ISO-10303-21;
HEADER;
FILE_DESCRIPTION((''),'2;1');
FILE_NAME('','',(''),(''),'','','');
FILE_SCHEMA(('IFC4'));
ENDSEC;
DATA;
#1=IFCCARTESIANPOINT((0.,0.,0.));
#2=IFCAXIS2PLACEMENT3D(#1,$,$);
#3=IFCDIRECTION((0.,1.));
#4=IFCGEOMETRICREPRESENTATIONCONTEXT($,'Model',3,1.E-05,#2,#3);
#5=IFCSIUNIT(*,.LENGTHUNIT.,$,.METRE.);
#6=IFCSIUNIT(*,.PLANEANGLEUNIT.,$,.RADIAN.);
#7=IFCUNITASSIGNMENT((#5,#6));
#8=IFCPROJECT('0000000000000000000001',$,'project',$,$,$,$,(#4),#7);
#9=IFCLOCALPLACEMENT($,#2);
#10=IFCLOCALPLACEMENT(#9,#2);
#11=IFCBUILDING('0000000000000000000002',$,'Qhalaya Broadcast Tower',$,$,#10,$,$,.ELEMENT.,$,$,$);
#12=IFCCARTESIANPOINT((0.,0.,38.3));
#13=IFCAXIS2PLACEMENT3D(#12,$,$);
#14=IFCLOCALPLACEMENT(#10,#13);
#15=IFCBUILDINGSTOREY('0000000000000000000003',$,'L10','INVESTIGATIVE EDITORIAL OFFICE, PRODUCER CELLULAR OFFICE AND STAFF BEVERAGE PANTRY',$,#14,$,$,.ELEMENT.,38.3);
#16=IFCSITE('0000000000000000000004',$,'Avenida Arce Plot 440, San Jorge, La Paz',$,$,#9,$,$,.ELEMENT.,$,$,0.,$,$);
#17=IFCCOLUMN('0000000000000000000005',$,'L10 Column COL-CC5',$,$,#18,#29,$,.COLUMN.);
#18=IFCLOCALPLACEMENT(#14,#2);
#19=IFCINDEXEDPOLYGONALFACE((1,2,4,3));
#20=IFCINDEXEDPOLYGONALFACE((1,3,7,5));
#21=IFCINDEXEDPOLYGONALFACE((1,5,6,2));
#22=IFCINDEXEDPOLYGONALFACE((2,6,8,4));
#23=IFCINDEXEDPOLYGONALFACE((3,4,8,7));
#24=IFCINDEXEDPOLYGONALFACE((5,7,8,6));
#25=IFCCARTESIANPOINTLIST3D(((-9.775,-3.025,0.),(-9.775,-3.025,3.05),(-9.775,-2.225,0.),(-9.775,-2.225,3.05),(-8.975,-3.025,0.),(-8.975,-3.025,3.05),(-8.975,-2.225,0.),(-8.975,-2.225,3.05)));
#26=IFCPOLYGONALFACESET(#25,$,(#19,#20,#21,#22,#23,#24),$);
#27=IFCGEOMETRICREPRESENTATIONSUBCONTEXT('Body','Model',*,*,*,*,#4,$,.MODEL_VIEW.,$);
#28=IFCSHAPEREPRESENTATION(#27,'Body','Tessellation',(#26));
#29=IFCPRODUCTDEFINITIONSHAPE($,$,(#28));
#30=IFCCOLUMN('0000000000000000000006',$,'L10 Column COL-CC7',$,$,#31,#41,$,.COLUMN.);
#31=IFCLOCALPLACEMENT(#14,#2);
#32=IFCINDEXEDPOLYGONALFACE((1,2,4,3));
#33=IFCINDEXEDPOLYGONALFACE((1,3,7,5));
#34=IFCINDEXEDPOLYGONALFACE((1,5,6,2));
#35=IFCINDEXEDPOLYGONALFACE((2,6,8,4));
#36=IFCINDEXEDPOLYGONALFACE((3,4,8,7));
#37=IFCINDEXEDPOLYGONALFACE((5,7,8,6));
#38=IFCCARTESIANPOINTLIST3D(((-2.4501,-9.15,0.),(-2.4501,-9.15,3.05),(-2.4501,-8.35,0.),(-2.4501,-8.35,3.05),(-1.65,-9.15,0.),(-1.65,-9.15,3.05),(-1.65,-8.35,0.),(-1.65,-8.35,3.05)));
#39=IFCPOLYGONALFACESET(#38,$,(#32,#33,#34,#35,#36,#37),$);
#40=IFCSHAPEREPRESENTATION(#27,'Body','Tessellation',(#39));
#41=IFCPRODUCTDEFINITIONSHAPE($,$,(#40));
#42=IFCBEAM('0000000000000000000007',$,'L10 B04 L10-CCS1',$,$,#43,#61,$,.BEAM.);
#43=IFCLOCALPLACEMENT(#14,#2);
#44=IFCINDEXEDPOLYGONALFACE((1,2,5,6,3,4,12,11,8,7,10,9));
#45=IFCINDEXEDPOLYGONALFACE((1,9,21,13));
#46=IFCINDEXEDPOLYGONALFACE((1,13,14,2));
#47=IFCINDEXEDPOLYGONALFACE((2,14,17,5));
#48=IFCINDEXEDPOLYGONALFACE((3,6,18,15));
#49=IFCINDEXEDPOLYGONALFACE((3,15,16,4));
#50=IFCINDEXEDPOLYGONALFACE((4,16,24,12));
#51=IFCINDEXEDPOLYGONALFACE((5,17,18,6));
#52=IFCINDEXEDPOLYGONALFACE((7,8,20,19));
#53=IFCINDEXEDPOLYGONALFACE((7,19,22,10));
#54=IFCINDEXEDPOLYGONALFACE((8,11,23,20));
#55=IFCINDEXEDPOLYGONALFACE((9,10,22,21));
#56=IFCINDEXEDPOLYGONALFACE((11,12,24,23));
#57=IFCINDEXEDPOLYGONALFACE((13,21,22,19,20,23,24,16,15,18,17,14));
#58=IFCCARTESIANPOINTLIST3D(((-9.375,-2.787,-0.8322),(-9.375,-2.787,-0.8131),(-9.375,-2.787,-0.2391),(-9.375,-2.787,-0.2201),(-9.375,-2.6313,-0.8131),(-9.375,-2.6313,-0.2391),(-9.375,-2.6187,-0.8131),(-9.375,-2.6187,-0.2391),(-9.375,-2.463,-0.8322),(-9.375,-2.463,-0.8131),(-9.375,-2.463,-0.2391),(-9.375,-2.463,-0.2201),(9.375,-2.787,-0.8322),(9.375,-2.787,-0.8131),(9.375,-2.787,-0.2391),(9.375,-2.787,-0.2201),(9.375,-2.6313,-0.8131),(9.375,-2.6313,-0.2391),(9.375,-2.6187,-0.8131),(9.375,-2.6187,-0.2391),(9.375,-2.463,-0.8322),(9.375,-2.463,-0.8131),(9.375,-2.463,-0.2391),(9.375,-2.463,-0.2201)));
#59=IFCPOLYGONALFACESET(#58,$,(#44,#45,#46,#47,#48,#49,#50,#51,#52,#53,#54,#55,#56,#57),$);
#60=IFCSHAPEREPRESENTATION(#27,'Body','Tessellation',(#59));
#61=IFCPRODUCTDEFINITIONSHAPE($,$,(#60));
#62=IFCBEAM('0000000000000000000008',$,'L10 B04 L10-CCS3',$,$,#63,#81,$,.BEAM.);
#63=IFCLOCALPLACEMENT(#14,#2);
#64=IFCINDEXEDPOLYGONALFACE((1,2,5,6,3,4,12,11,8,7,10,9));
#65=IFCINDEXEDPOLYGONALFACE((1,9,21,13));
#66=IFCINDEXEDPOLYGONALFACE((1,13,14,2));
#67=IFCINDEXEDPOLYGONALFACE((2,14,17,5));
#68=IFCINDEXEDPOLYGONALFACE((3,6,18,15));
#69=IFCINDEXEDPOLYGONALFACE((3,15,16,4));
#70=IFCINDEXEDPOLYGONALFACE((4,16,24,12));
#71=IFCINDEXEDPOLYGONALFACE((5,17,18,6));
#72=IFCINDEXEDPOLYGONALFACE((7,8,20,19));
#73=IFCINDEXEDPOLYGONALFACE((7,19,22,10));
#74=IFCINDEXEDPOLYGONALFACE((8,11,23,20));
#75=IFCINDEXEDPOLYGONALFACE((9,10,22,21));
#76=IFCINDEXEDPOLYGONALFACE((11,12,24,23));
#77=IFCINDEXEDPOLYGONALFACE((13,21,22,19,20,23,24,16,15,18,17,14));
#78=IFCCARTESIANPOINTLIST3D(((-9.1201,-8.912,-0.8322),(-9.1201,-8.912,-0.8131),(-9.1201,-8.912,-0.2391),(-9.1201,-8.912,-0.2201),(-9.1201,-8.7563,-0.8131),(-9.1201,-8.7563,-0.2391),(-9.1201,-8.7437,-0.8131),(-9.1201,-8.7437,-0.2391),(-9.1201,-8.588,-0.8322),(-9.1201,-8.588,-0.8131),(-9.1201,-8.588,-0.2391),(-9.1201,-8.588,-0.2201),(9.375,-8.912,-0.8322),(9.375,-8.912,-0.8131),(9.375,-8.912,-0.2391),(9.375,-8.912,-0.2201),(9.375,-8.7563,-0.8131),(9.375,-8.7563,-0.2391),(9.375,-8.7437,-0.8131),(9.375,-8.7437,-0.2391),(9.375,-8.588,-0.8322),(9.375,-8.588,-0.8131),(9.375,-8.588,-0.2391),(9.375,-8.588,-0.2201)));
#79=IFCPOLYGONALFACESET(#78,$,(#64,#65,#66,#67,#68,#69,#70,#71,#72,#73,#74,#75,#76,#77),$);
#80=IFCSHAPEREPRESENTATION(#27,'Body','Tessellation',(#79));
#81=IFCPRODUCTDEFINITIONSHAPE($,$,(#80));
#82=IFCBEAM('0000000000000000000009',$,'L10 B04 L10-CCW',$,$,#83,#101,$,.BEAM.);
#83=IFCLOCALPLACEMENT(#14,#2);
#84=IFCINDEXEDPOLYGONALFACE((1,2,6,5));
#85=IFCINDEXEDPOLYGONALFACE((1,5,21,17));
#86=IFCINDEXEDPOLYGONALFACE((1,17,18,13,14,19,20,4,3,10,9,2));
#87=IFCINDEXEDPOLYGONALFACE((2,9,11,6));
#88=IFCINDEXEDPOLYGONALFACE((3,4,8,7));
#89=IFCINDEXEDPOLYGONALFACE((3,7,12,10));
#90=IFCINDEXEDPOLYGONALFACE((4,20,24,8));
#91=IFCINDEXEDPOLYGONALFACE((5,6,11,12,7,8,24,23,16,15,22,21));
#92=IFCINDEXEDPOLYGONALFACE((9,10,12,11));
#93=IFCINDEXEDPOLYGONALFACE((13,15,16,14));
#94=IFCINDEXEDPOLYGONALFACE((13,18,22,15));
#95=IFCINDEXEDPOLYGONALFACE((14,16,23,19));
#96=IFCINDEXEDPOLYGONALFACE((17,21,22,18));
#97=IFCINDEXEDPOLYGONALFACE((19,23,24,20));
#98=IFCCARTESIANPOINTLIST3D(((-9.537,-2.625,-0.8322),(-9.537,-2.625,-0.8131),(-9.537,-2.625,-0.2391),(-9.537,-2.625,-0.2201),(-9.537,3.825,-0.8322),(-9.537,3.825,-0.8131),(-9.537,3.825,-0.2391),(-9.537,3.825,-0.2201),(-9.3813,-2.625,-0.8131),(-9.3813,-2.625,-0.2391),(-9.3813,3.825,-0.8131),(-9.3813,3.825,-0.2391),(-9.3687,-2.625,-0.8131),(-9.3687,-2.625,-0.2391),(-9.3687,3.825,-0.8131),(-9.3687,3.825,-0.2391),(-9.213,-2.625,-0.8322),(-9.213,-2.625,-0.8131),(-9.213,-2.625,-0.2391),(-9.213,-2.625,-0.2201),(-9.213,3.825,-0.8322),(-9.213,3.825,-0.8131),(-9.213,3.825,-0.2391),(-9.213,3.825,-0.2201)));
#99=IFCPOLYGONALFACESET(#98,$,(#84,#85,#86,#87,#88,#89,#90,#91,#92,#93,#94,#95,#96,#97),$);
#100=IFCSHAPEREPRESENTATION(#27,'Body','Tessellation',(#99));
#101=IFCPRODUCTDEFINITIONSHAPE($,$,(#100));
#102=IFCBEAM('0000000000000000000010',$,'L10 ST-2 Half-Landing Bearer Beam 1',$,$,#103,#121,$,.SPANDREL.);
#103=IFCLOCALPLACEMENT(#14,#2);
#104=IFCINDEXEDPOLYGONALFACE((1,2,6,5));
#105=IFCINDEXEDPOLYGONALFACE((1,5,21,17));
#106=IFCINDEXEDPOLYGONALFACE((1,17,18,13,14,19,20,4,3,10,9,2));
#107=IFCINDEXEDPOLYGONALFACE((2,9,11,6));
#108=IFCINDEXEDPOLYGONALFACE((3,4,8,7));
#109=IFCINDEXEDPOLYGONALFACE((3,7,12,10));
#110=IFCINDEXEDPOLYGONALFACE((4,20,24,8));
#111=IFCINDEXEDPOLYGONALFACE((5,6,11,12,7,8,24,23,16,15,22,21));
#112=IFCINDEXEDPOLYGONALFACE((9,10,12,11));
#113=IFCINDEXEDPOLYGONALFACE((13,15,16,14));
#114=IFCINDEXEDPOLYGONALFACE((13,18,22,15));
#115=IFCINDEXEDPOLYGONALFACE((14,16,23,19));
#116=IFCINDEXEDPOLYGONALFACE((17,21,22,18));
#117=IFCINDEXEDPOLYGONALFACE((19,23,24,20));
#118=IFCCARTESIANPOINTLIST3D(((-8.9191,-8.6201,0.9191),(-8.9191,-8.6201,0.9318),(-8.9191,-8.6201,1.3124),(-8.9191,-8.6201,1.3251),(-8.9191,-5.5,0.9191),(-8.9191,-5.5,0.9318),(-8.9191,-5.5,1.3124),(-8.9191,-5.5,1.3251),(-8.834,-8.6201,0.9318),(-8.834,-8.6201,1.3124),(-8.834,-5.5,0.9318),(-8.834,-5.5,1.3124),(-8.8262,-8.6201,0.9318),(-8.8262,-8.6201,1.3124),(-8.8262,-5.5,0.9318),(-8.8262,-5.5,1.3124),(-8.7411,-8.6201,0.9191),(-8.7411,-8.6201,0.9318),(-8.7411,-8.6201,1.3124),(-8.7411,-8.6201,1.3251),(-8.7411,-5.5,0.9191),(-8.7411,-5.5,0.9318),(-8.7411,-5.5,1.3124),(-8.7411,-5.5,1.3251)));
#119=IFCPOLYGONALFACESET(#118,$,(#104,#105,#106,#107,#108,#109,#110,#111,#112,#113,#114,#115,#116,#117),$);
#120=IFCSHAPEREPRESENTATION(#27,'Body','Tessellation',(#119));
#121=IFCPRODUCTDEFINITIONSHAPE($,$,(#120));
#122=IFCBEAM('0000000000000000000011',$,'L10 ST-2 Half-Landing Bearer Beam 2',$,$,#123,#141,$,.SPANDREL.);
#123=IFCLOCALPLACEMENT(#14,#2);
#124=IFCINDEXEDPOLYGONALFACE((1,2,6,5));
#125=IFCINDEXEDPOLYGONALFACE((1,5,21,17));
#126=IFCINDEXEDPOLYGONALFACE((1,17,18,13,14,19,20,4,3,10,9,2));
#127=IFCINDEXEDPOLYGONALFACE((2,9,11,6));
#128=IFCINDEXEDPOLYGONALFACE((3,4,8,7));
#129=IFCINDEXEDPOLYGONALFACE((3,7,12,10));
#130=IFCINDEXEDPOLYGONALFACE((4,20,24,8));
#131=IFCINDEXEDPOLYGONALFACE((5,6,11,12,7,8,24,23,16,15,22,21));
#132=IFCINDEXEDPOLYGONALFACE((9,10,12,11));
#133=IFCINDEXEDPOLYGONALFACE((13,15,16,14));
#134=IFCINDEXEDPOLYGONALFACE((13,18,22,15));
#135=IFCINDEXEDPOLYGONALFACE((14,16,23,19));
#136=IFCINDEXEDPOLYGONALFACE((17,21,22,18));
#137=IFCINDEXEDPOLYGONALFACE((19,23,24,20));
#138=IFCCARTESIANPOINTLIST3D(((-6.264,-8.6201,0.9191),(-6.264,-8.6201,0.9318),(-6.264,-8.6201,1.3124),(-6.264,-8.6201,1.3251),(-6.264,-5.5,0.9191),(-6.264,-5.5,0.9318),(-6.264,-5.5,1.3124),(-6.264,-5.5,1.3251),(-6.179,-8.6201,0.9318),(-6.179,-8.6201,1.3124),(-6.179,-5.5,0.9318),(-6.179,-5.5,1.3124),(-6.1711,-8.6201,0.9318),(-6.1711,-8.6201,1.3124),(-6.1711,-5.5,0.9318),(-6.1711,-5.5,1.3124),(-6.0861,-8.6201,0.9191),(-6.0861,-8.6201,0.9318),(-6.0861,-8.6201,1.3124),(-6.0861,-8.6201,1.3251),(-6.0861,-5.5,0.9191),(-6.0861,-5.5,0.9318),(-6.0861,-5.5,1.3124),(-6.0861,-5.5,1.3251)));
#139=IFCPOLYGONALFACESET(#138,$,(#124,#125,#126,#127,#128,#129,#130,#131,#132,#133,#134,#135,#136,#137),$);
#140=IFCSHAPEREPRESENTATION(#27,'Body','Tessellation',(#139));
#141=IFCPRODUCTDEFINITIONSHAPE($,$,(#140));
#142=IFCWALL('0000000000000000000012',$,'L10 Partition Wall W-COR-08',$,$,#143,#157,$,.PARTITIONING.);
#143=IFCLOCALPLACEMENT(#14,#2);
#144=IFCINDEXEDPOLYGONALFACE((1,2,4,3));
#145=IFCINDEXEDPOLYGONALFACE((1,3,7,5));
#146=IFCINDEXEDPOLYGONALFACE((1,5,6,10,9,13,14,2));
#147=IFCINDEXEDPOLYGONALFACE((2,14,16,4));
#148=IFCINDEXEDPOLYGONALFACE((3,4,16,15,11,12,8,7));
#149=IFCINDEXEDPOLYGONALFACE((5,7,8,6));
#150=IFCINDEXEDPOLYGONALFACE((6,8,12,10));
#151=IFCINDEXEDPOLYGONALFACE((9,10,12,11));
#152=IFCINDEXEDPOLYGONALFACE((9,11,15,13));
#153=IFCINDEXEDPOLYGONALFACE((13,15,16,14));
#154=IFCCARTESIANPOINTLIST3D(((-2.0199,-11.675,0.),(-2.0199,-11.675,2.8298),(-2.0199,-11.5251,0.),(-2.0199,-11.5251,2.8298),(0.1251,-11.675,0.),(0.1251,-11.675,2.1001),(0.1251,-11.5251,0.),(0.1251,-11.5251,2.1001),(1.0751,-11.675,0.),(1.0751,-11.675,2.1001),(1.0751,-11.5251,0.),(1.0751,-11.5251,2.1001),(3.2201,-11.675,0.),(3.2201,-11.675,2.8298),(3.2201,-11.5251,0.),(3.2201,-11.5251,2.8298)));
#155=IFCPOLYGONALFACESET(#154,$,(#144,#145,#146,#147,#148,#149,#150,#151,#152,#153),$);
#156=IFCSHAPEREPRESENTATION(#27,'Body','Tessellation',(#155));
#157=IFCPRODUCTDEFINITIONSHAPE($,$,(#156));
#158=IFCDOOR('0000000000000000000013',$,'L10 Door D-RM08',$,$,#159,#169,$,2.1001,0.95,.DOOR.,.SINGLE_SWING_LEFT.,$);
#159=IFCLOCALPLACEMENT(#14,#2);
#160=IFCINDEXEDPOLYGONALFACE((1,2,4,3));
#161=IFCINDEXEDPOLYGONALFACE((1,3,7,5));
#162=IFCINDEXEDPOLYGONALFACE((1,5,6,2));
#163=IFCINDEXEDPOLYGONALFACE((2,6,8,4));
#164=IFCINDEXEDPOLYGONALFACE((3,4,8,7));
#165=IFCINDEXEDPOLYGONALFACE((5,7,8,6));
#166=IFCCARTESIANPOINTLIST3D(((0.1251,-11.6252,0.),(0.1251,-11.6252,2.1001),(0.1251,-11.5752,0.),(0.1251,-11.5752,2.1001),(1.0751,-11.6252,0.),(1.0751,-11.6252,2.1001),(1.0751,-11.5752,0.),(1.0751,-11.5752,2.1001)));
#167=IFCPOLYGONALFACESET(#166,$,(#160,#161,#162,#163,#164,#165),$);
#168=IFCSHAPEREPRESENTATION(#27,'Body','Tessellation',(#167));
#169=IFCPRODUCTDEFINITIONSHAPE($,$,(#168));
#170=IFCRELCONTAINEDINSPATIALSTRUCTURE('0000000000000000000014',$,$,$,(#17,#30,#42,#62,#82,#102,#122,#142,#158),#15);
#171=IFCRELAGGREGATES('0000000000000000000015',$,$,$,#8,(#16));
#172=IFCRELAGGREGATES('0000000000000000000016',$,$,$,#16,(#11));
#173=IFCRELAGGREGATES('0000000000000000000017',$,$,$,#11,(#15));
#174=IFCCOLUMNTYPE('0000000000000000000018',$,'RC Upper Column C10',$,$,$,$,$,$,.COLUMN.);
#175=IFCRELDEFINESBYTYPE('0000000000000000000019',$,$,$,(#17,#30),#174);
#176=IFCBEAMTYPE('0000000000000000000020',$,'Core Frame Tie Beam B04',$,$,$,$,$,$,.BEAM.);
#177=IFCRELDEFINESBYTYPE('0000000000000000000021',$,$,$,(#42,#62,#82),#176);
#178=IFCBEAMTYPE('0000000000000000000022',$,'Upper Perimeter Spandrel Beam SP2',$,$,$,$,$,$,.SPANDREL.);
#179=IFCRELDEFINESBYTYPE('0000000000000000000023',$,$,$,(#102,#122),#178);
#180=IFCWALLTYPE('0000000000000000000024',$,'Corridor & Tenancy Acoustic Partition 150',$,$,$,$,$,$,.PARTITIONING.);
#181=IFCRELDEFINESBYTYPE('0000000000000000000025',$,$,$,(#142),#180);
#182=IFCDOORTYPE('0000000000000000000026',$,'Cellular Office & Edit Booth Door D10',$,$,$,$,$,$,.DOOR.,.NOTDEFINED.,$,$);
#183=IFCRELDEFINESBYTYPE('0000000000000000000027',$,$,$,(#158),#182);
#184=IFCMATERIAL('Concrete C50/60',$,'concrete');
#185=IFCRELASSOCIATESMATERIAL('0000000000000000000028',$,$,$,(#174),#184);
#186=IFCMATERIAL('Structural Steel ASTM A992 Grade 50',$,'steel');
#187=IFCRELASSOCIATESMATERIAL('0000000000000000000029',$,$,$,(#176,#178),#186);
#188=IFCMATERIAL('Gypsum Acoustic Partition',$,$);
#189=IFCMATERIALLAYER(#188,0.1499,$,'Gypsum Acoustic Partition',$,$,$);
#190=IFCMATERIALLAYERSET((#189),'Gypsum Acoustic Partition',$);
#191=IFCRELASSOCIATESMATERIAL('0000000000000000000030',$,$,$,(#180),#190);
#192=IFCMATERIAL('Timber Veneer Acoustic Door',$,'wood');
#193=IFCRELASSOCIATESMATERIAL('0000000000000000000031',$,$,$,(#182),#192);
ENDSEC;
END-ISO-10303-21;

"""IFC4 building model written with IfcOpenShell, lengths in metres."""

from ifc_helpers import new_model, si_unit, direction, frame, frame_2d, origin, origin_2d, place, context, subcontext, project, spatial, rectangle, i_section, extrude, material, layer, layer_set, material_profile, profile_set, type_object, element, fill, save


model = new_model("IFC4")

# Units and contexts
model_context = context("Model", 3, precision=1e-05, world=origin(), true_north=direction((0.0, 1.0)))
body_context = subcontext(model_context, "Body", "Model", "MODEL_VIEW")
ifc_project = project(units=[si_unit("LENGTHUNIT", "METRE"), si_unit("PLANEANGLEUNIT", "RADIAN")], contexts=[model_context])

# Site, building, storey
site_placement = place(None, origin())
site = spatial("IfcSite", under=ifc_project, at=site_placement, Name="Avenida Arce Plot 440, San Jorge, La Paz", CompositionType="ELEMENT", RefElevation=0.0)
building_placement = place(site_placement, origin())
building = spatial("IfcBuilding", under=site, at=building_placement, Name="Qhalaya Broadcast Tower", CompositionType="ELEMENT")
storey_placement = place(building_placement, frame((0.0, 0.0, 38.3)))
storey = spatial("IfcBuildingStorey", under=building, at=storey_placement, Name="L10", Description="INVESTIGATIVE EDITORIAL OFFICE, PRODUCER CELLULAR OFFICE AND STAFF BEVERAGE PANTRY", CompositionType="ELEMENT", Elevation=38.3)

# Columns
ifc_material_1 = material(Name="Concrete C50/60", Category="concrete")
ifc_material_profile_1 = material_profile(ifc_material_1, rectangle(XDim=0.8, YDim=0.8, at=origin_2d()), Name="RC-COL 800x800")
ifc_profile_set_1 = profile_set([ifc_material_profile_1], Name="Concrete C50/60")
column_type = type_object("IfcColumnType", Name="RC Upper Column C10", PredefinedType="COLUMN", material=ifc_profile_set_1)
for number, where, z_axis, x_axis, name in (
    (1, (-9.375, -2.625, 0.0), (0.0, 0.0, 1.0), (1.0, 0.0, 0.0), "L10 Column COL-CC5"),
    (2, (-2.05, -8.75, 0.0), (0.0, 0.0, 1.0), (1.0, 0.0, 0.0), "L10 Column COL-CC7"),
):
    element("IfcColumn", number, at=place(storey_placement, frame(where, z_axis=z_axis, x_axis=x_axis)), inside=storey, type_object=column_type, Name=name, PredefinedType="COLUMN", context=body_context, shape_type="SweptSolid", body=[
        extrude(rectangle(XDim=0.8, YDim=0.8, at=origin_2d()), origin(), (0.0, 0.0, 1.0), 3.05),
    ])

# Beams
ifc_material_2 = material(Name="Structural Steel ASTM A992 Grade 50", Category="steel")
ifc_material_profile_2 = material_profile(ifc_material_2, i_section(OverallWidth=0.324, OverallDepth=0.6121, WebThickness=0.0127, FlangeThickness=0.019, at=origin_2d()), Name="W24X104")
ifc_profile_set_2 = profile_set([ifc_material_profile_2], Name="Structural Steel ASTM A992 Grade 50")
beam_type_1 = type_object("IfcBeamType", Name="Core Frame Tie Beam B04", PredefinedType="BEAM", material=ifc_profile_set_2)
beam_1_placement = place(storey_placement, frame((-9.375, -2.625, -0.5261), z_axis=(1.0, 0.0, 0.0), x_axis=(0.0, 1.0, 0.0)))
element("IfcBeam", 3, at=beam_1_placement, inside=storey, type_object=beam_type_1, Name="L10 B04 L10-CCS1", PredefinedType="BEAM", context=body_context, shape_type="SweptSolid", body=[
    extrude(i_section(OverallWidth=0.324, OverallDepth=0.6121, WebThickness=0.0127, FlangeThickness=0.019, at=origin_2d()), origin(), (0.0, 0.0, 1.0), 18.75),
])
beam_2_placement = place(storey_placement, frame((-9.1201, -8.75, -0.5261), z_axis=(1.0, 0.0, 0.0), x_axis=(0.0, 1.0, 0.0)))
element("IfcBeam", 4, at=beam_2_placement, inside=storey, type_object=beam_type_1, Name="L10 B04 L10-CCS3", PredefinedType="BEAM", context=body_context, shape_type="SweptSolid", body=[
    extrude(i_section(OverallWidth=0.324, OverallDepth=0.6121, WebThickness=0.0127, FlangeThickness=0.019, at=origin_2d()), origin(), (0.0, 0.0, 1.0), 18.4951),
])
beam_3_placement = place(storey_placement, frame((-9.375, -2.625, -0.5261), z_axis=(0.0, 1.0, 0.0), x_axis=(-1.0, 0.0, 0.0)))
element("IfcBeam", 5, at=beam_3_placement, inside=storey, type_object=beam_type_1, Name="L10 B04 L10-CCW", PredefinedType="BEAM", context=body_context, shape_type="SweptSolid", body=[
    extrude(i_section(OverallWidth=0.324, OverallDepth=0.6121, WebThickness=0.0127, FlangeThickness=0.019, at=origin_2d()), origin(), (0.0, 0.0, 1.0), 6.45),
])
ifc_material_profile_3 = material_profile(ifc_material_2, i_section(OverallWidth=0.178, OverallDepth=0.406, WebThickness=0.0078, FlangeThickness=0.0127, at=origin_2d()), Name="W16X40")
ifc_profile_set_3 = profile_set([ifc_material_profile_3], Name="Structural Steel ASTM A992 Grade 50")
beam_type_2 = type_object("IfcBeamType", Name="Upper Perimeter Spandrel Beam SP2", PredefinedType="SPANDREL", material=ifc_profile_set_3)
for number, where, z_axis, x_axis, name in (
    (6, (-8.8301, -8.6201, 1.1221), (0.0, 1.0, 0.0), (-1.0, 0.0, 0.0), "L10 ST-2 Half-Landing Bearer Beam 1"),
    (7, (-6.175, -8.6201, 1.1221), (0.0, 1.0, 0.0), (-1.0, 0.0, 0.0), "L10 ST-2 Half-Landing Bearer Beam 2"),
):
    element("IfcBeam", number, at=place(storey_placement, frame(where, z_axis=z_axis, x_axis=x_axis)), inside=storey, type_object=beam_type_2, Name=name, PredefinedType="SPANDREL", context=body_context, shape_type="SweptSolid", body=[
        extrude(i_section(OverallWidth=0.178, OverallDepth=0.406, WebThickness=0.0078, FlangeThickness=0.0127, at=origin_2d()), origin(), (0.0, 0.0, 1.0), 3.1201),
    ])

# Wall, opening, door
ifc_material_3 = material(Name="Gypsum Acoustic Partition")
ifc_layer_1 = layer(ifc_material_3, 0.1499, Name="Gypsum Acoustic Partition")
ifc_layer_set_1 = layer_set([ifc_layer_1], Name="Gypsum Acoustic Partition")
wall_type_1 = type_object("IfcWallType", Name="Corridor & Tenancy Acoustic Partition 150", PredefinedType="PARTITIONING", material=ifc_layer_set_1)
wall_1_placement = place(storey_placement, frame((-2.02, -11.6001, 0.0), z_axis=(0.0, 0.0, 1.0), x_axis=(1.0, 0.0, 0.0)))
wall_1 = element("IfcWall", 8, at=wall_1_placement, inside=storey, type_object=wall_type_1, Name="L10 Partition Wall W-COR-08", PredefinedType="PARTITIONING", context=body_context, shape_type="SweptSolid", body=[
    extrude(rectangle(XDim=5.24, YDim=0.1499, at=frame_2d((2.6201, 0.0))), origin(), (0.0, 0.0, 1.0), 2.8298),
])
opening_1_placement = place(wall_1_placement, frame((2.145, 0.0, 0.0)))
opening_1 = element("IfcOpeningElement", 9, at=opening_1_placement, cuts=wall_1, PredefinedType="OPENING", context=body_context, shape_type="SweptSolid", body=[
    extrude(rectangle(XDim=0.95, YDim=2.1001, at=frame_2d((0.4751, 1.05))), frame((0.0, 0.0869, 0.0), z_axis=(0.0, -1.0, 0.0), x_axis=(1.0, 0.0, 0.0)), (0.0, 0.0, 1.0), 0.1738),
])
ifc_material_4 = material(Name="Timber Veneer Acoustic Door", Category="wood")
door_type_1 = type_object("IfcDoorType", Name="Cellular Office & Edit Booth Door D10", OperationType="NOTDEFINED", PredefinedType="DOOR", material=ifc_material_4)
door_1_placement = place(opening_1_placement, origin())
door_1 = element("IfcDoor", 10, at=door_1_placement, inside=storey, type_object=door_type_1, Name="L10 Door D-RM08", OperationType="SINGLE_SWING_LEFT", OverallHeight=2.1001, OverallWidth=0.95, PredefinedType="DOOR", context=body_context, shape_type="SweptSolid", body=[
    extrude(rectangle(XDim=0.95, YDim=2.1001, at=frame_2d((0.4751, 1.05))), frame((0.0, 0.0249, 0.0), z_axis=(0.0, -1.0, 0.0), x_axis=(1.0, 0.0, 0.0)), (0.0, 0.0, 1.0), 0.05),
])
fill(opening_1, door_1)

save(model, "model.ifc")
